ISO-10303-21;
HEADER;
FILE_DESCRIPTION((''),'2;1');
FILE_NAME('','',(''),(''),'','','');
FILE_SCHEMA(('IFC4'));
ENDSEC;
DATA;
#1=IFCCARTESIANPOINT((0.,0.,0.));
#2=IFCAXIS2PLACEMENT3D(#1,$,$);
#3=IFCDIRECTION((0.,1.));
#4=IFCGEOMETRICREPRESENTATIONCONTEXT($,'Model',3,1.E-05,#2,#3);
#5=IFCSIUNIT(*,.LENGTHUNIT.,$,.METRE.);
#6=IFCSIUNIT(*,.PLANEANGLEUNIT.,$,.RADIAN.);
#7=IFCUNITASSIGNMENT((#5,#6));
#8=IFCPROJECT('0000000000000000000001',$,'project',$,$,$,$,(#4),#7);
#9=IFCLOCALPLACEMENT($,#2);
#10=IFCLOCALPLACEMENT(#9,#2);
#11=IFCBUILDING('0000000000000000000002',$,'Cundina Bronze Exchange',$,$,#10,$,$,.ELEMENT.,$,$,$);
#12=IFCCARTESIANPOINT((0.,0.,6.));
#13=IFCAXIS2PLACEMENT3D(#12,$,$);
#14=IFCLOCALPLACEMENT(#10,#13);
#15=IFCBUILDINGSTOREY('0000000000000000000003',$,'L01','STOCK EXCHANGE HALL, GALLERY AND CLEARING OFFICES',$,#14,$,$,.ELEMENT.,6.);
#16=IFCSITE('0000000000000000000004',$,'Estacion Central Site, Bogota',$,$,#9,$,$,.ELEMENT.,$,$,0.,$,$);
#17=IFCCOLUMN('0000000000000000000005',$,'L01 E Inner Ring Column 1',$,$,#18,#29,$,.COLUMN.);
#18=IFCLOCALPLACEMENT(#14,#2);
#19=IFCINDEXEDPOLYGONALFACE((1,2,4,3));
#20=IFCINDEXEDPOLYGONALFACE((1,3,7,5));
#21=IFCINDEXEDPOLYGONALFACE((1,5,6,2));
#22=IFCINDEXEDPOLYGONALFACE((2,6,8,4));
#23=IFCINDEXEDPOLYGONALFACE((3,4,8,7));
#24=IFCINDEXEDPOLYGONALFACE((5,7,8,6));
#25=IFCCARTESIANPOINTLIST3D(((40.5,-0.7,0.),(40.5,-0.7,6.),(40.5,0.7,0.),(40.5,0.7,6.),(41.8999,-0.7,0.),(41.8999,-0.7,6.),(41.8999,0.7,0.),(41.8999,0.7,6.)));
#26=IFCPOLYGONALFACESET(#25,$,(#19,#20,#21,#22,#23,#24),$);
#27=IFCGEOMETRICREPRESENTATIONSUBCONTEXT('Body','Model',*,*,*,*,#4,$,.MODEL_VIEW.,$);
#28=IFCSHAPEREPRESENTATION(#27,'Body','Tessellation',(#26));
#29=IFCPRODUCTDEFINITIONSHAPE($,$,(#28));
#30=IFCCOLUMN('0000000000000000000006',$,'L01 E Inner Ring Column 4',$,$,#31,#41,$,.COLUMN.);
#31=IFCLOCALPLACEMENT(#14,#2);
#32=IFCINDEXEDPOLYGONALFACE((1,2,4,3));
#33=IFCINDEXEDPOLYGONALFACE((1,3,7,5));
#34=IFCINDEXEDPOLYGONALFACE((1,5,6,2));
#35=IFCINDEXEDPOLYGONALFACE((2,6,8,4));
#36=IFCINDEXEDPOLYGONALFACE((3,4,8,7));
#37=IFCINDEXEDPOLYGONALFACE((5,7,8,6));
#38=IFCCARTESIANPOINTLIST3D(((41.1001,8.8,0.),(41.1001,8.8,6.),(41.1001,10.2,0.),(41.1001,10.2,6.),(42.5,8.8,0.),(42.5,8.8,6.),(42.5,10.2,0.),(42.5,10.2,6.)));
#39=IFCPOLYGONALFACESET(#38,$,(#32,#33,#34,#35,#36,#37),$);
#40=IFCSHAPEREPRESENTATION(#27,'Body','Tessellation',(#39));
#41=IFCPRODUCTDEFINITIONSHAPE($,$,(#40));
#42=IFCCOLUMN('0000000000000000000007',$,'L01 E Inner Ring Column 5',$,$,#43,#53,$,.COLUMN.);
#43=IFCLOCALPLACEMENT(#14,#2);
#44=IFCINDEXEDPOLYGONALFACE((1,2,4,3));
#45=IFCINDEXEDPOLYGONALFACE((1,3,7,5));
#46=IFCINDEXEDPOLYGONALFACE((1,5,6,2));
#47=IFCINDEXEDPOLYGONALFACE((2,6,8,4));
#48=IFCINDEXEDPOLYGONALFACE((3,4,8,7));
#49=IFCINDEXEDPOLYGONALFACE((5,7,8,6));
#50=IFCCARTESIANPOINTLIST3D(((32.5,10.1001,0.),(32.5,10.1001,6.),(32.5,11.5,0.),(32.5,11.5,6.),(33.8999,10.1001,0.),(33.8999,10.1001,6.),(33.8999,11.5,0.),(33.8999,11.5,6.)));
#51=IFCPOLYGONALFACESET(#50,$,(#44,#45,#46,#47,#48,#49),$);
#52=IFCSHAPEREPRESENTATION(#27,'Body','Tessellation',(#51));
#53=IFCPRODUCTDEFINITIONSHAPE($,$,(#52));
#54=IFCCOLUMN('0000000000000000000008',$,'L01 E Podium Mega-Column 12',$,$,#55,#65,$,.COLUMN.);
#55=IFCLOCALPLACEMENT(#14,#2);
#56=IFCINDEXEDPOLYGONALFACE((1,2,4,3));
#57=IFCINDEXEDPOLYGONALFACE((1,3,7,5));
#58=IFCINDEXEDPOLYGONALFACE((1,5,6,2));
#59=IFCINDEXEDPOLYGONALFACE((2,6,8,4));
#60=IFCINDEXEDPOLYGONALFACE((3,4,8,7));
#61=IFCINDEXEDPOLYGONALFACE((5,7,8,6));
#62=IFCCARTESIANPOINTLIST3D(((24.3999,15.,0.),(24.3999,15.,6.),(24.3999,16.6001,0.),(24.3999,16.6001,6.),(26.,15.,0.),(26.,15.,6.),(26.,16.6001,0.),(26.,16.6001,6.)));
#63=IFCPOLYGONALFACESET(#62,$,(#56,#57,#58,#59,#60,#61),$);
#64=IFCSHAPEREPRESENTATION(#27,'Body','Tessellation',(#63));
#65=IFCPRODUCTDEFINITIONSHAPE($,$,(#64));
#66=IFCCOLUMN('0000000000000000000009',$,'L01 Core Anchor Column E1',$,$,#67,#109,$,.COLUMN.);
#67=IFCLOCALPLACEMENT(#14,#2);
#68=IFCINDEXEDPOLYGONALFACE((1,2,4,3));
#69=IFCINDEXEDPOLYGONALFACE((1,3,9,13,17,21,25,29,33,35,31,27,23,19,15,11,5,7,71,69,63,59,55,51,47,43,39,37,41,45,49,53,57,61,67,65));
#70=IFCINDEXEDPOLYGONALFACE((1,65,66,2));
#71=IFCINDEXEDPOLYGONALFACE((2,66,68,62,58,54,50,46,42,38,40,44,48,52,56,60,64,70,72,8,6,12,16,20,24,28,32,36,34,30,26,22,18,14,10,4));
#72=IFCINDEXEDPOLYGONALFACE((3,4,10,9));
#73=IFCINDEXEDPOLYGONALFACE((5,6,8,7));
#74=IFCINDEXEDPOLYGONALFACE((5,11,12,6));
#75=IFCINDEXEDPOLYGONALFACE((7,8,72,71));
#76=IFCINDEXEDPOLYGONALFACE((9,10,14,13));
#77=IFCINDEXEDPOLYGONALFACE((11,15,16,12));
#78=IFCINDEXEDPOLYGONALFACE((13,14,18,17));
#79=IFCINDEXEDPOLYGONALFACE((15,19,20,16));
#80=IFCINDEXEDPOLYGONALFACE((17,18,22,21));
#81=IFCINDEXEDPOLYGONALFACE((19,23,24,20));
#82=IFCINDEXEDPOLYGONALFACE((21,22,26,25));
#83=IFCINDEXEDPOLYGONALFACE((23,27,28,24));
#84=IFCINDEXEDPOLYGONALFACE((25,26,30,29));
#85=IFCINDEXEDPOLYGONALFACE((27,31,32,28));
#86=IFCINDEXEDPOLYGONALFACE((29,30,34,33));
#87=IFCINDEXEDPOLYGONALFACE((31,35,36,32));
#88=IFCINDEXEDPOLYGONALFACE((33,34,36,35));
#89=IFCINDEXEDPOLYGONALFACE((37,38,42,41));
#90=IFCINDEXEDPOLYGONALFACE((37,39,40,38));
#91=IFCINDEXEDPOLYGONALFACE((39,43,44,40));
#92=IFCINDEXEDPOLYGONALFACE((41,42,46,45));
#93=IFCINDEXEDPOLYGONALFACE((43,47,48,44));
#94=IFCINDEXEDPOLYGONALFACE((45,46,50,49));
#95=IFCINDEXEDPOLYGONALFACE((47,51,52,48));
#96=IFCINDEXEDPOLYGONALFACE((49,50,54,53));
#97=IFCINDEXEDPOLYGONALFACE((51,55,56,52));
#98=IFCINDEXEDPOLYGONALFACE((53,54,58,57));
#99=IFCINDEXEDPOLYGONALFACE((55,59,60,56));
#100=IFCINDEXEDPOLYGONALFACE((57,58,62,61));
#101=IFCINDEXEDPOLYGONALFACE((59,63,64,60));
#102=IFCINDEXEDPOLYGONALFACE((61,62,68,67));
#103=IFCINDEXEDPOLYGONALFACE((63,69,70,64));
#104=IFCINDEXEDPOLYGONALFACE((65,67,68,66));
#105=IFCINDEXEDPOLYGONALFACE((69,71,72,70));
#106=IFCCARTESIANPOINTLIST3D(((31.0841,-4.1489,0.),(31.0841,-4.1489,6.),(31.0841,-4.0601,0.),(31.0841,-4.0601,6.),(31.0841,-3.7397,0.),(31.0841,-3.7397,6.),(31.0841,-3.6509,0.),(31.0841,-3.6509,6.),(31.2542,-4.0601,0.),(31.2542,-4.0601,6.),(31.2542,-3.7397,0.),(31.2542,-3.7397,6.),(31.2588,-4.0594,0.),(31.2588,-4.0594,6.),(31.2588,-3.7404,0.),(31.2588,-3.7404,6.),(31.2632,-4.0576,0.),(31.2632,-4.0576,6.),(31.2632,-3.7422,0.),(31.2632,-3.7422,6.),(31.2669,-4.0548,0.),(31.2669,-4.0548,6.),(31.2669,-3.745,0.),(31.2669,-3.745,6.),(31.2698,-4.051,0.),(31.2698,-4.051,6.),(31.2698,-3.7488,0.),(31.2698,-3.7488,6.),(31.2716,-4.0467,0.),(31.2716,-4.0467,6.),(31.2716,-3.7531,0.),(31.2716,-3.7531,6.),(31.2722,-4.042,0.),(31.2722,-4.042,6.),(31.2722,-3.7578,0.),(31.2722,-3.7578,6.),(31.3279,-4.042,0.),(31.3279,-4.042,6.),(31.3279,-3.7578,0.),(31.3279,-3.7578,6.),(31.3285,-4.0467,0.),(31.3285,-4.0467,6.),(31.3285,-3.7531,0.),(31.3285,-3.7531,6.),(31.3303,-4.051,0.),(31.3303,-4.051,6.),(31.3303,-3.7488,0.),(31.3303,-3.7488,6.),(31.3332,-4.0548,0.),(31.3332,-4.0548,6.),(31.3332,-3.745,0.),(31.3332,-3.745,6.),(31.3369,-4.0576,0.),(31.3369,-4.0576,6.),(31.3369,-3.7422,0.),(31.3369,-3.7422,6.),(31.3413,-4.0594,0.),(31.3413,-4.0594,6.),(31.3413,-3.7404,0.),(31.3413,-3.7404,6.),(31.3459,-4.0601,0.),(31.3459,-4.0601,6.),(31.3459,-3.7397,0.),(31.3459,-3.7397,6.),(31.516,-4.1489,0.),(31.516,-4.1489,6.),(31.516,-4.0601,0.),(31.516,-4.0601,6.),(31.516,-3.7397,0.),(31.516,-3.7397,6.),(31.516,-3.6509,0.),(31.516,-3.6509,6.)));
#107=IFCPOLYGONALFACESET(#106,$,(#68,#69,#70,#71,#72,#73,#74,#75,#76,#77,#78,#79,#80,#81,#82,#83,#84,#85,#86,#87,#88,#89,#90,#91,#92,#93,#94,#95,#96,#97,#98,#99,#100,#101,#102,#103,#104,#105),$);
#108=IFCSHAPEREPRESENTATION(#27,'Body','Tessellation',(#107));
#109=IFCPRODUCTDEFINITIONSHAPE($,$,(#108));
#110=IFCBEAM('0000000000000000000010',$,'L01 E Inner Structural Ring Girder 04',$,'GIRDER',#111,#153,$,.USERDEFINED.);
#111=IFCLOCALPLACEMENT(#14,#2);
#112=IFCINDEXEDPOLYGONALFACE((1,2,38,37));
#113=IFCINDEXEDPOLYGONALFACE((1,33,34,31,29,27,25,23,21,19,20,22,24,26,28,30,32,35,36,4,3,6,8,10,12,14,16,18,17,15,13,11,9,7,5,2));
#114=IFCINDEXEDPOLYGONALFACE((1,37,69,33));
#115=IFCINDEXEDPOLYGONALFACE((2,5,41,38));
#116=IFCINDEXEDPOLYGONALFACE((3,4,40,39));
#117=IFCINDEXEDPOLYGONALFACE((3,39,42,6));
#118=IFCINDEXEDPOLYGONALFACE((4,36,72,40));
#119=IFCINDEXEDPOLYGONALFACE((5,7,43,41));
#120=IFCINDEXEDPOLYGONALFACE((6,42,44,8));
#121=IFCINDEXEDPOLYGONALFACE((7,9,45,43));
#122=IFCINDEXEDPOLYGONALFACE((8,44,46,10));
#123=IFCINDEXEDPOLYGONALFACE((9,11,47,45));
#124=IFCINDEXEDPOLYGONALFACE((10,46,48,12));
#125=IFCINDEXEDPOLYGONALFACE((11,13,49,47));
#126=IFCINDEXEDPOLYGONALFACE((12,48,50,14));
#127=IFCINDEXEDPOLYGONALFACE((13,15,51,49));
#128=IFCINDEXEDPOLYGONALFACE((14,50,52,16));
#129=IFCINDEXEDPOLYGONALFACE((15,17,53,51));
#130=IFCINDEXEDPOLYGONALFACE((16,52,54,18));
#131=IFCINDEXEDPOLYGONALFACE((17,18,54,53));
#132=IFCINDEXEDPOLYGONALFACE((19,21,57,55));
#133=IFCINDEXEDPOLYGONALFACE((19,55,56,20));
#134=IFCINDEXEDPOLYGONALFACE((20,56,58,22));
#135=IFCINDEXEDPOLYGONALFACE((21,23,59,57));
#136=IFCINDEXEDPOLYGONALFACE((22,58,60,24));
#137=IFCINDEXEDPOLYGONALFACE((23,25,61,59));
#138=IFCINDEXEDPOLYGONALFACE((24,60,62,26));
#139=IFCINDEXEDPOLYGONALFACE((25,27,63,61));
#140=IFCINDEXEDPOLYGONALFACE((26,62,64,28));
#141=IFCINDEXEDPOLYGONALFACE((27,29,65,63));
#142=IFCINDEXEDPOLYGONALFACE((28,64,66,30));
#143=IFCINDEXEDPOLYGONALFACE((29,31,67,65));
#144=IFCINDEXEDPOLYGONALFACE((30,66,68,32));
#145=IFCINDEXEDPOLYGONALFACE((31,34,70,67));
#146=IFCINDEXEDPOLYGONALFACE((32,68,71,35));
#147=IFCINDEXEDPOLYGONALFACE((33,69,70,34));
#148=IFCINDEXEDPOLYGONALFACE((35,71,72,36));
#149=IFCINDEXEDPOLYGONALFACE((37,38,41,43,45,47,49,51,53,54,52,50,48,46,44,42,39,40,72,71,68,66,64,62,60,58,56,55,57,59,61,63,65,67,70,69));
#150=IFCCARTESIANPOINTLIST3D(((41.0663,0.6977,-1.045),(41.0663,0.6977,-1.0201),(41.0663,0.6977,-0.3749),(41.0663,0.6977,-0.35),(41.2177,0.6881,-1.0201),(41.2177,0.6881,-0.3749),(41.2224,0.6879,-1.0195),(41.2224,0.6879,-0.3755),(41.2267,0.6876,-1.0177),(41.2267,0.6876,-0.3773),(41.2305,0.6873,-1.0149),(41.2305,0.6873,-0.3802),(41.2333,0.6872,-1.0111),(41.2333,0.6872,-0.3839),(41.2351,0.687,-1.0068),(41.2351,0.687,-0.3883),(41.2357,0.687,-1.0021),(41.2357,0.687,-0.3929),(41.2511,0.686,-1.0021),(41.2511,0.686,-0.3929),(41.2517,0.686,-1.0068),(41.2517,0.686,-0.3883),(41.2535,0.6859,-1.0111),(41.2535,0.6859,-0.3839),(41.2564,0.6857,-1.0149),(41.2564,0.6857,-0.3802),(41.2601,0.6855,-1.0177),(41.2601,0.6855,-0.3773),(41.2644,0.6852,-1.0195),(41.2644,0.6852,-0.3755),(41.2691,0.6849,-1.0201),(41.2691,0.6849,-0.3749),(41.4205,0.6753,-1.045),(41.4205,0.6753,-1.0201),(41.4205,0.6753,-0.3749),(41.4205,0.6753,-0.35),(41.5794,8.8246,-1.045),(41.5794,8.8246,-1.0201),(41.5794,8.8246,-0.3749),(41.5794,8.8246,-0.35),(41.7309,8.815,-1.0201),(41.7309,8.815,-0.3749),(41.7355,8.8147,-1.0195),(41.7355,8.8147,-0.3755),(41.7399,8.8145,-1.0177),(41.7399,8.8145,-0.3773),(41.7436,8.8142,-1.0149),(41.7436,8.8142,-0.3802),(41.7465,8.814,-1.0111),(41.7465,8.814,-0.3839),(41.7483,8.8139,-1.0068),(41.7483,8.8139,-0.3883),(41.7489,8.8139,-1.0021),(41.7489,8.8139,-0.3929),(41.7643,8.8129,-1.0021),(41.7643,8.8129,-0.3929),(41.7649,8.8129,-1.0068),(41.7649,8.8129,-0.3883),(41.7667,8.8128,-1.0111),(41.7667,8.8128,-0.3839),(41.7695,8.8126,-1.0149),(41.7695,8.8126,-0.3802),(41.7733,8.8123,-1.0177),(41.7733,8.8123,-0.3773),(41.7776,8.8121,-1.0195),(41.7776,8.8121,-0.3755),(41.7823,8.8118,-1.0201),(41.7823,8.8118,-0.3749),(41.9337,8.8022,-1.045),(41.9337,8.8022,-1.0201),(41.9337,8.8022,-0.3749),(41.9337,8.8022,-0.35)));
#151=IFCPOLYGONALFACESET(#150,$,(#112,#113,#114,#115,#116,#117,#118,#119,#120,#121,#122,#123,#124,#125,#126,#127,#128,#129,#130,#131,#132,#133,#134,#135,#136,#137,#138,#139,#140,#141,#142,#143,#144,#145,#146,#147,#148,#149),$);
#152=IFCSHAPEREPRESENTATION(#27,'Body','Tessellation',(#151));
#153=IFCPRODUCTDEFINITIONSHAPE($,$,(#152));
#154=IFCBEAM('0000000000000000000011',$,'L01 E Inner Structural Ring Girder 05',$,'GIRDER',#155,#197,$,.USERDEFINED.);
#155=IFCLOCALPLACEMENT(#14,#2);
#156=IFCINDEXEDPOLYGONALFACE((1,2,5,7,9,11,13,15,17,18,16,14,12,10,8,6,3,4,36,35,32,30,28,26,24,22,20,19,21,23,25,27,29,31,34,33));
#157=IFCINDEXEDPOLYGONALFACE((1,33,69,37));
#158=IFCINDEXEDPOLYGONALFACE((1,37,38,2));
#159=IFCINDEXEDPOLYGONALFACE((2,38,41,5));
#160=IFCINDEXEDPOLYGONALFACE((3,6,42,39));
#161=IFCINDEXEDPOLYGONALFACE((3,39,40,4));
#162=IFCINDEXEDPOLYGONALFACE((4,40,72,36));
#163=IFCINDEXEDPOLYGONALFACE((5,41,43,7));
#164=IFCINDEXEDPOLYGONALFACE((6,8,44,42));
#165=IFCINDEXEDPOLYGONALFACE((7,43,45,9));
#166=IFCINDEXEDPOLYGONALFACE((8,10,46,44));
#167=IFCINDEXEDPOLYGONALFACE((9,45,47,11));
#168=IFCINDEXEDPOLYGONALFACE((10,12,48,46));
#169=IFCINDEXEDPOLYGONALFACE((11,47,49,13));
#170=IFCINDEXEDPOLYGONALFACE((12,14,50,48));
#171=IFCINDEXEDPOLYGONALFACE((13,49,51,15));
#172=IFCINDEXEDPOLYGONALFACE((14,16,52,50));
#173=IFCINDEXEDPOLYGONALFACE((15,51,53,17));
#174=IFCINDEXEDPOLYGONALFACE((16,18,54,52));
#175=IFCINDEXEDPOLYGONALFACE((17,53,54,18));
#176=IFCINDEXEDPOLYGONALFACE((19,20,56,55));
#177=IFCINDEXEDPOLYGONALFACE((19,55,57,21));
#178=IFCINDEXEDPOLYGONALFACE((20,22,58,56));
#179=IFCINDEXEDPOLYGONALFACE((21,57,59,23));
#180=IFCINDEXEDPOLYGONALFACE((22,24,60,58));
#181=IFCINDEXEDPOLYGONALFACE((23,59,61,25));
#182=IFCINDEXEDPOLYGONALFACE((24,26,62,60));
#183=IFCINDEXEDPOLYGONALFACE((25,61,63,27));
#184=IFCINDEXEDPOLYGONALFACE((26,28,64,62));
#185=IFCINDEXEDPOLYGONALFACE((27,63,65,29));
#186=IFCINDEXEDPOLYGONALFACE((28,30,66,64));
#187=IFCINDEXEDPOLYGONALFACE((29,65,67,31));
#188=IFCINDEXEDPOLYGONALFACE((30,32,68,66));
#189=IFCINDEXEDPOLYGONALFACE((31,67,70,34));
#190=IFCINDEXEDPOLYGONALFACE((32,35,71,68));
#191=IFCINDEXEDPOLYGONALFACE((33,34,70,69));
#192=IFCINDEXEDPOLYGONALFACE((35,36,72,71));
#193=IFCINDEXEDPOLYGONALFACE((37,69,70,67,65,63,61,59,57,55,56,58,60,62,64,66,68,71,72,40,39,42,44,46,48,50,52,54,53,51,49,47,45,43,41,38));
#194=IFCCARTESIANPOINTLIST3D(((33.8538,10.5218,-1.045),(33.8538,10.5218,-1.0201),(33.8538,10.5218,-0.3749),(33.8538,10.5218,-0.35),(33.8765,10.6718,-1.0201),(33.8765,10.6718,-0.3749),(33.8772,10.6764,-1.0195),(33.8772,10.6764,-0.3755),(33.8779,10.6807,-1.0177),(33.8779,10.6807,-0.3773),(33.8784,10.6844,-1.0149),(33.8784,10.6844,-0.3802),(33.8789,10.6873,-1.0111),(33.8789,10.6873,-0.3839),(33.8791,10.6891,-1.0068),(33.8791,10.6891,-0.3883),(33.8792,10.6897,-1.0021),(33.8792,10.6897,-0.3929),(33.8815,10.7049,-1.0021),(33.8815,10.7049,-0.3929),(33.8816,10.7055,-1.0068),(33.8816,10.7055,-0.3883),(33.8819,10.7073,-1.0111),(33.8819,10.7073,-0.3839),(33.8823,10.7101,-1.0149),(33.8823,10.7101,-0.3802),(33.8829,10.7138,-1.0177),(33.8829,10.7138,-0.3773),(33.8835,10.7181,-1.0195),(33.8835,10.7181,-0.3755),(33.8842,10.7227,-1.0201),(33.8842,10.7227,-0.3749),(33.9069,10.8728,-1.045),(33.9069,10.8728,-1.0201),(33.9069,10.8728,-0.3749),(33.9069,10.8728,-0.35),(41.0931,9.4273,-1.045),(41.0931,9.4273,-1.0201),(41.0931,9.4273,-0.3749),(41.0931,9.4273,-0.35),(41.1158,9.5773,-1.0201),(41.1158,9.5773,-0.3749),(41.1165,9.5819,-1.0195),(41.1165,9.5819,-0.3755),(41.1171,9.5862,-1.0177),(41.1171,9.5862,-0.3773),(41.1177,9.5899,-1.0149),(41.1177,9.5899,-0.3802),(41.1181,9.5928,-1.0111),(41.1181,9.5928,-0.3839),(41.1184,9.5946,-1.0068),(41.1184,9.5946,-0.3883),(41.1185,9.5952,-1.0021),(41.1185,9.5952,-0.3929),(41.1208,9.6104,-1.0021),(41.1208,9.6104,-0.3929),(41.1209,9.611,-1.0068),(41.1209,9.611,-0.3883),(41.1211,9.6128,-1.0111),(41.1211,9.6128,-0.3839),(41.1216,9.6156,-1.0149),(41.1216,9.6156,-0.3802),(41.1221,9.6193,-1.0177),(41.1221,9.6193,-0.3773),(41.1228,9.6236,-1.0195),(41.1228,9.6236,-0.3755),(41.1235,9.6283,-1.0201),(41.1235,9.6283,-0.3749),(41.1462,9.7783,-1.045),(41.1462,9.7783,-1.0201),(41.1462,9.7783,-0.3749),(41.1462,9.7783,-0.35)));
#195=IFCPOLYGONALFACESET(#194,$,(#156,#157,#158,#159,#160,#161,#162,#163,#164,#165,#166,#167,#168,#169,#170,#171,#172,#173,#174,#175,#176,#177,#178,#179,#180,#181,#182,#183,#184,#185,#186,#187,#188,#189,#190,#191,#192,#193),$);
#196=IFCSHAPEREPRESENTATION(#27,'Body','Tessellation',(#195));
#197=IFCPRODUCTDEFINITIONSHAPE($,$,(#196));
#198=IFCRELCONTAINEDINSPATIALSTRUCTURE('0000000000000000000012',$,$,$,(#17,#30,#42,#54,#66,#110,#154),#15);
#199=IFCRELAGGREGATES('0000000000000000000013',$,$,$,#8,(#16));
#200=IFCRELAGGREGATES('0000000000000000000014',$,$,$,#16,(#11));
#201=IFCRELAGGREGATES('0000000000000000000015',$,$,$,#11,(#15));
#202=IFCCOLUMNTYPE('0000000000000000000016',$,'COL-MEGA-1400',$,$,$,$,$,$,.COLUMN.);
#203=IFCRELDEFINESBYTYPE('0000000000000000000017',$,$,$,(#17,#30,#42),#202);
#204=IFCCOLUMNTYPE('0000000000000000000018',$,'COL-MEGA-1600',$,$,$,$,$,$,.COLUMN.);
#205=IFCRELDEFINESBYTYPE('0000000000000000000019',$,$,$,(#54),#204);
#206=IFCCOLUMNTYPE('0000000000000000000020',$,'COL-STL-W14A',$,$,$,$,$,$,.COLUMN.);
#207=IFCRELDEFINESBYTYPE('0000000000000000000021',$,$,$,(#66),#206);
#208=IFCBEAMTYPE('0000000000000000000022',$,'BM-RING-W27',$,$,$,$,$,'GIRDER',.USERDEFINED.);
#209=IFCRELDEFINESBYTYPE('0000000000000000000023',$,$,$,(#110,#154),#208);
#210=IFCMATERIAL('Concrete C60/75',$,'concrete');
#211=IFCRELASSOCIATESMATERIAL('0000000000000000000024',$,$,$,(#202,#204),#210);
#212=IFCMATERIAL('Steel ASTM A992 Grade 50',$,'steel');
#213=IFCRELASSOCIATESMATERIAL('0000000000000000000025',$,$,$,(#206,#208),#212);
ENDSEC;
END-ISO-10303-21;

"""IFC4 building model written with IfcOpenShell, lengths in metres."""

from ifc_helpers import new_model, si_unit, direction, frame, origin, origin_2d, place, context, subcontext, project, spatial, rectangle, i_section, extrude, material, material_profile, profile_set, type_object, element, save


model = new_model("IFC4")

# Units and contexts
model_context = context("Model", 3, precision=1e-05, world=origin(), true_north=direction((0.0, 1.0)))
body_context = subcontext(model_context, "Body", "Model", "MODEL_VIEW")
ifc_project = project(units=[si_unit("LENGTHUNIT", "METRE"), si_unit("PLANEANGLEUNIT", "RADIAN")], contexts=[model_context])

# Site, building, storey
site_placement = place(None, origin())
site = spatial("IfcSite", under=ifc_project, at=site_placement, Name="Estacion Central Site, Bogota", CompositionType="ELEMENT", RefElevation=0.0)
building_placement = place(site_placement, origin())
building = spatial("IfcBuilding", under=site, at=building_placement, Name="Cundina Bronze Exchange", CompositionType="ELEMENT")
storey_placement = place(building_placement, frame((0.0, 0.0, 6.0)))
storey = spatial("IfcBuildingStorey", under=building, at=storey_placement, Name="L01", Description="STOCK EXCHANGE HALL, GALLERY AND CLEARING OFFICES", CompositionType="ELEMENT", Elevation=6.0)

# Columns
ifc_material_1 = material(Name="Concrete C60/75", Category="concrete")
ifc_material_profile_1 = material_profile(ifc_material_1, rectangle(XDim=1.3999, YDim=1.3999, at=origin_2d()), Name="RC1400X1400", Category="concrete")
ifc_profile_set_1 = profile_set([ifc_material_profile_1], Name="Concrete C60/75")
column_type_1 = type_object("IfcColumnType", Name="COL-MEGA-1400", PredefinedType="COLUMN", material=ifc_profile_set_1)
for number, where, z_axis, x_axis, name in (
    (1, (41.2, 0.0, 0.0), (0.0, 0.0, 1.0), (1.0, 0.0, 0.0), "L01 E Inner Ring Column 1"),
    (2, (41.8, 9.5, 0.0), (0.0, 0.0, 1.0), (1.0, 0.0, 0.0), "L01 E Inner Ring Column 4"),
    (3, (33.2, 10.8, 0.0), (0.0, 0.0, 1.0), (1.0, 0.0, 0.0), "L01 E Inner Ring Column 5"),
):
    element("IfcColumn", number, at=place(storey_placement, frame(where, z_axis=z_axis, x_axis=x_axis)), inside=storey, type_object=column_type_1, Name=name, PredefinedType="COLUMN", context=body_context, shape_type="SweptSolid", body=[
        extrude(rectangle(XDim=1.3999, YDim=1.3999, at=origin_2d()), origin(), (0.0, 0.0, 1.0), 6.0),
    ])
ifc_material_profile_2 = material_profile(ifc_material_1, rectangle(XDim=1.6001, YDim=1.6001, at=origin_2d()), Name="RC1600X1600", Category="concrete")
ifc_profile_set_2 = profile_set([ifc_material_profile_2], Name="Concrete C60/75")
column_type_2 = type_object("IfcColumnType", Name="COL-MEGA-1600", PredefinedType="COLUMN", material=ifc_profile_set_2)
column_1_placement = place(storey_placement, frame((25.2, 15.8, 0.0), z_axis=(0.0, 0.0, 1.0), x_axis=(1.0, 0.0, 0.0)))
element("IfcColumn", 4, at=column_1_placement, inside=storey, type_object=column_type_2, Name="L01 E Podium Mega-Column 12", PredefinedType="COLUMN", context=body_context, shape_type="SweptSolid", body=[
    extrude(rectangle(XDim=1.6001, YDim=1.6001, at=origin_2d()), origin(), (0.0, 0.0, 1.0), 6.0),
])
ifc_material_2 = material(Name="Steel ASTM A992 Grade 50", Category="steel")
ifc_material_profile_3 = material_profile(ifc_material_2, i_section(OverallWidth=0.4319, OverallDepth=0.498, WebThickness=0.0557, FlangeThickness=0.0889, FilletRadius=0.0181, at=origin_2d()), Name="W14X500", Category="steel")
ifc_profile_set_3 = profile_set([ifc_material_profile_3], Name="Steel ASTM A992 Grade 50")
column_type_3 = type_object("IfcColumnType", Name="COL-STL-W14A", PredefinedType="COLUMN", material=ifc_profile_set_3)
column_2_placement = place(storey_placement, frame((31.3, -3.8999, 0.0), z_axis=(0.0, 0.0, 1.0), x_axis=(1.0, 0.0, 0.0)))
element("IfcColumn", 5, at=column_2_placement, inside=storey, type_object=column_type_3, Name="L01 Core Anchor Column E1", PredefinedType="COLUMN", context=body_context, shape_type="SweptSolid", body=[
    extrude(i_section(OverallWidth=0.4319, OverallDepth=0.498, WebThickness=0.0557, FlangeThickness=0.0889, FilletRadius=0.0181, at=origin_2d()), origin(), (0.0, 0.0, 1.0), 6.0),
])

# Beams
ifc_material_profile_4 = material_profile(ifc_material_2, i_section(OverallWidth=0.355, OverallDepth=0.6951, WebThickness=0.0154, FlangeThickness=0.0249, FilletRadius=0.0181, at=origin_2d()), Name="W27X146", Category="steel")
ifc_profile_set_4 = profile_set([ifc_material_profile_4], Name="Steel ASTM A992 Grade 50")
beam_type_1 = type_object("IfcBeamType", Name="BM-RING-W27", ElementType="GIRDER", PredefinedType="USERDEFINED", material=ifc_profile_set_4)
beam_1_placement = place(storey_placement, frame((41.2434, 0.6865, -0.6975), z_axis=(0.06302, 0.998012, 0.0), x_axis=(-0.998012, 0.06302, 0.0)))
element("IfcBeam", 6, at=beam_1_placement, inside=storey, type_object=beam_type_1, Name="L01 E Inner Structural Ring Girder 04", ObjectType="GIRDER", PredefinedType="USERDEFINED", context=body_context, shape_type="SweptSolid", body=[
    extrude(i_section(OverallWidth=0.355, OverallDepth=0.6951, WebThickness=0.0154, FlangeThickness=0.0249, FilletRadius=0.0181, at=origin_2d()), origin(), (0.0, 0.0, 1.0), 8.1431),
])
beam_2_placement = place(storey_placement, frame((41.1196, 9.6028, -0.6975), z_axis=(-0.988763, 0.149488, 0.0), x_axis=(-0.149488, -0.988763, 0.0)))
element("IfcBeam", 7, at=beam_2_placement, inside=storey, type_object=beam_type_1, Name="L01 E Inner Structural Ring Girder 05", ObjectType="GIRDER", PredefinedType="USERDEFINED", context=body_context, shape_type="SweptSolid", body=[
    extrude(i_section(OverallWidth=0.355, OverallDepth=0.6951, WebThickness=0.0154, FlangeThickness=0.0249, FilletRadius=0.0181, at=origin_2d()), origin(), (0.0, 0.0, 1.0), 7.3215),
])

save(model, "model.ifc")
